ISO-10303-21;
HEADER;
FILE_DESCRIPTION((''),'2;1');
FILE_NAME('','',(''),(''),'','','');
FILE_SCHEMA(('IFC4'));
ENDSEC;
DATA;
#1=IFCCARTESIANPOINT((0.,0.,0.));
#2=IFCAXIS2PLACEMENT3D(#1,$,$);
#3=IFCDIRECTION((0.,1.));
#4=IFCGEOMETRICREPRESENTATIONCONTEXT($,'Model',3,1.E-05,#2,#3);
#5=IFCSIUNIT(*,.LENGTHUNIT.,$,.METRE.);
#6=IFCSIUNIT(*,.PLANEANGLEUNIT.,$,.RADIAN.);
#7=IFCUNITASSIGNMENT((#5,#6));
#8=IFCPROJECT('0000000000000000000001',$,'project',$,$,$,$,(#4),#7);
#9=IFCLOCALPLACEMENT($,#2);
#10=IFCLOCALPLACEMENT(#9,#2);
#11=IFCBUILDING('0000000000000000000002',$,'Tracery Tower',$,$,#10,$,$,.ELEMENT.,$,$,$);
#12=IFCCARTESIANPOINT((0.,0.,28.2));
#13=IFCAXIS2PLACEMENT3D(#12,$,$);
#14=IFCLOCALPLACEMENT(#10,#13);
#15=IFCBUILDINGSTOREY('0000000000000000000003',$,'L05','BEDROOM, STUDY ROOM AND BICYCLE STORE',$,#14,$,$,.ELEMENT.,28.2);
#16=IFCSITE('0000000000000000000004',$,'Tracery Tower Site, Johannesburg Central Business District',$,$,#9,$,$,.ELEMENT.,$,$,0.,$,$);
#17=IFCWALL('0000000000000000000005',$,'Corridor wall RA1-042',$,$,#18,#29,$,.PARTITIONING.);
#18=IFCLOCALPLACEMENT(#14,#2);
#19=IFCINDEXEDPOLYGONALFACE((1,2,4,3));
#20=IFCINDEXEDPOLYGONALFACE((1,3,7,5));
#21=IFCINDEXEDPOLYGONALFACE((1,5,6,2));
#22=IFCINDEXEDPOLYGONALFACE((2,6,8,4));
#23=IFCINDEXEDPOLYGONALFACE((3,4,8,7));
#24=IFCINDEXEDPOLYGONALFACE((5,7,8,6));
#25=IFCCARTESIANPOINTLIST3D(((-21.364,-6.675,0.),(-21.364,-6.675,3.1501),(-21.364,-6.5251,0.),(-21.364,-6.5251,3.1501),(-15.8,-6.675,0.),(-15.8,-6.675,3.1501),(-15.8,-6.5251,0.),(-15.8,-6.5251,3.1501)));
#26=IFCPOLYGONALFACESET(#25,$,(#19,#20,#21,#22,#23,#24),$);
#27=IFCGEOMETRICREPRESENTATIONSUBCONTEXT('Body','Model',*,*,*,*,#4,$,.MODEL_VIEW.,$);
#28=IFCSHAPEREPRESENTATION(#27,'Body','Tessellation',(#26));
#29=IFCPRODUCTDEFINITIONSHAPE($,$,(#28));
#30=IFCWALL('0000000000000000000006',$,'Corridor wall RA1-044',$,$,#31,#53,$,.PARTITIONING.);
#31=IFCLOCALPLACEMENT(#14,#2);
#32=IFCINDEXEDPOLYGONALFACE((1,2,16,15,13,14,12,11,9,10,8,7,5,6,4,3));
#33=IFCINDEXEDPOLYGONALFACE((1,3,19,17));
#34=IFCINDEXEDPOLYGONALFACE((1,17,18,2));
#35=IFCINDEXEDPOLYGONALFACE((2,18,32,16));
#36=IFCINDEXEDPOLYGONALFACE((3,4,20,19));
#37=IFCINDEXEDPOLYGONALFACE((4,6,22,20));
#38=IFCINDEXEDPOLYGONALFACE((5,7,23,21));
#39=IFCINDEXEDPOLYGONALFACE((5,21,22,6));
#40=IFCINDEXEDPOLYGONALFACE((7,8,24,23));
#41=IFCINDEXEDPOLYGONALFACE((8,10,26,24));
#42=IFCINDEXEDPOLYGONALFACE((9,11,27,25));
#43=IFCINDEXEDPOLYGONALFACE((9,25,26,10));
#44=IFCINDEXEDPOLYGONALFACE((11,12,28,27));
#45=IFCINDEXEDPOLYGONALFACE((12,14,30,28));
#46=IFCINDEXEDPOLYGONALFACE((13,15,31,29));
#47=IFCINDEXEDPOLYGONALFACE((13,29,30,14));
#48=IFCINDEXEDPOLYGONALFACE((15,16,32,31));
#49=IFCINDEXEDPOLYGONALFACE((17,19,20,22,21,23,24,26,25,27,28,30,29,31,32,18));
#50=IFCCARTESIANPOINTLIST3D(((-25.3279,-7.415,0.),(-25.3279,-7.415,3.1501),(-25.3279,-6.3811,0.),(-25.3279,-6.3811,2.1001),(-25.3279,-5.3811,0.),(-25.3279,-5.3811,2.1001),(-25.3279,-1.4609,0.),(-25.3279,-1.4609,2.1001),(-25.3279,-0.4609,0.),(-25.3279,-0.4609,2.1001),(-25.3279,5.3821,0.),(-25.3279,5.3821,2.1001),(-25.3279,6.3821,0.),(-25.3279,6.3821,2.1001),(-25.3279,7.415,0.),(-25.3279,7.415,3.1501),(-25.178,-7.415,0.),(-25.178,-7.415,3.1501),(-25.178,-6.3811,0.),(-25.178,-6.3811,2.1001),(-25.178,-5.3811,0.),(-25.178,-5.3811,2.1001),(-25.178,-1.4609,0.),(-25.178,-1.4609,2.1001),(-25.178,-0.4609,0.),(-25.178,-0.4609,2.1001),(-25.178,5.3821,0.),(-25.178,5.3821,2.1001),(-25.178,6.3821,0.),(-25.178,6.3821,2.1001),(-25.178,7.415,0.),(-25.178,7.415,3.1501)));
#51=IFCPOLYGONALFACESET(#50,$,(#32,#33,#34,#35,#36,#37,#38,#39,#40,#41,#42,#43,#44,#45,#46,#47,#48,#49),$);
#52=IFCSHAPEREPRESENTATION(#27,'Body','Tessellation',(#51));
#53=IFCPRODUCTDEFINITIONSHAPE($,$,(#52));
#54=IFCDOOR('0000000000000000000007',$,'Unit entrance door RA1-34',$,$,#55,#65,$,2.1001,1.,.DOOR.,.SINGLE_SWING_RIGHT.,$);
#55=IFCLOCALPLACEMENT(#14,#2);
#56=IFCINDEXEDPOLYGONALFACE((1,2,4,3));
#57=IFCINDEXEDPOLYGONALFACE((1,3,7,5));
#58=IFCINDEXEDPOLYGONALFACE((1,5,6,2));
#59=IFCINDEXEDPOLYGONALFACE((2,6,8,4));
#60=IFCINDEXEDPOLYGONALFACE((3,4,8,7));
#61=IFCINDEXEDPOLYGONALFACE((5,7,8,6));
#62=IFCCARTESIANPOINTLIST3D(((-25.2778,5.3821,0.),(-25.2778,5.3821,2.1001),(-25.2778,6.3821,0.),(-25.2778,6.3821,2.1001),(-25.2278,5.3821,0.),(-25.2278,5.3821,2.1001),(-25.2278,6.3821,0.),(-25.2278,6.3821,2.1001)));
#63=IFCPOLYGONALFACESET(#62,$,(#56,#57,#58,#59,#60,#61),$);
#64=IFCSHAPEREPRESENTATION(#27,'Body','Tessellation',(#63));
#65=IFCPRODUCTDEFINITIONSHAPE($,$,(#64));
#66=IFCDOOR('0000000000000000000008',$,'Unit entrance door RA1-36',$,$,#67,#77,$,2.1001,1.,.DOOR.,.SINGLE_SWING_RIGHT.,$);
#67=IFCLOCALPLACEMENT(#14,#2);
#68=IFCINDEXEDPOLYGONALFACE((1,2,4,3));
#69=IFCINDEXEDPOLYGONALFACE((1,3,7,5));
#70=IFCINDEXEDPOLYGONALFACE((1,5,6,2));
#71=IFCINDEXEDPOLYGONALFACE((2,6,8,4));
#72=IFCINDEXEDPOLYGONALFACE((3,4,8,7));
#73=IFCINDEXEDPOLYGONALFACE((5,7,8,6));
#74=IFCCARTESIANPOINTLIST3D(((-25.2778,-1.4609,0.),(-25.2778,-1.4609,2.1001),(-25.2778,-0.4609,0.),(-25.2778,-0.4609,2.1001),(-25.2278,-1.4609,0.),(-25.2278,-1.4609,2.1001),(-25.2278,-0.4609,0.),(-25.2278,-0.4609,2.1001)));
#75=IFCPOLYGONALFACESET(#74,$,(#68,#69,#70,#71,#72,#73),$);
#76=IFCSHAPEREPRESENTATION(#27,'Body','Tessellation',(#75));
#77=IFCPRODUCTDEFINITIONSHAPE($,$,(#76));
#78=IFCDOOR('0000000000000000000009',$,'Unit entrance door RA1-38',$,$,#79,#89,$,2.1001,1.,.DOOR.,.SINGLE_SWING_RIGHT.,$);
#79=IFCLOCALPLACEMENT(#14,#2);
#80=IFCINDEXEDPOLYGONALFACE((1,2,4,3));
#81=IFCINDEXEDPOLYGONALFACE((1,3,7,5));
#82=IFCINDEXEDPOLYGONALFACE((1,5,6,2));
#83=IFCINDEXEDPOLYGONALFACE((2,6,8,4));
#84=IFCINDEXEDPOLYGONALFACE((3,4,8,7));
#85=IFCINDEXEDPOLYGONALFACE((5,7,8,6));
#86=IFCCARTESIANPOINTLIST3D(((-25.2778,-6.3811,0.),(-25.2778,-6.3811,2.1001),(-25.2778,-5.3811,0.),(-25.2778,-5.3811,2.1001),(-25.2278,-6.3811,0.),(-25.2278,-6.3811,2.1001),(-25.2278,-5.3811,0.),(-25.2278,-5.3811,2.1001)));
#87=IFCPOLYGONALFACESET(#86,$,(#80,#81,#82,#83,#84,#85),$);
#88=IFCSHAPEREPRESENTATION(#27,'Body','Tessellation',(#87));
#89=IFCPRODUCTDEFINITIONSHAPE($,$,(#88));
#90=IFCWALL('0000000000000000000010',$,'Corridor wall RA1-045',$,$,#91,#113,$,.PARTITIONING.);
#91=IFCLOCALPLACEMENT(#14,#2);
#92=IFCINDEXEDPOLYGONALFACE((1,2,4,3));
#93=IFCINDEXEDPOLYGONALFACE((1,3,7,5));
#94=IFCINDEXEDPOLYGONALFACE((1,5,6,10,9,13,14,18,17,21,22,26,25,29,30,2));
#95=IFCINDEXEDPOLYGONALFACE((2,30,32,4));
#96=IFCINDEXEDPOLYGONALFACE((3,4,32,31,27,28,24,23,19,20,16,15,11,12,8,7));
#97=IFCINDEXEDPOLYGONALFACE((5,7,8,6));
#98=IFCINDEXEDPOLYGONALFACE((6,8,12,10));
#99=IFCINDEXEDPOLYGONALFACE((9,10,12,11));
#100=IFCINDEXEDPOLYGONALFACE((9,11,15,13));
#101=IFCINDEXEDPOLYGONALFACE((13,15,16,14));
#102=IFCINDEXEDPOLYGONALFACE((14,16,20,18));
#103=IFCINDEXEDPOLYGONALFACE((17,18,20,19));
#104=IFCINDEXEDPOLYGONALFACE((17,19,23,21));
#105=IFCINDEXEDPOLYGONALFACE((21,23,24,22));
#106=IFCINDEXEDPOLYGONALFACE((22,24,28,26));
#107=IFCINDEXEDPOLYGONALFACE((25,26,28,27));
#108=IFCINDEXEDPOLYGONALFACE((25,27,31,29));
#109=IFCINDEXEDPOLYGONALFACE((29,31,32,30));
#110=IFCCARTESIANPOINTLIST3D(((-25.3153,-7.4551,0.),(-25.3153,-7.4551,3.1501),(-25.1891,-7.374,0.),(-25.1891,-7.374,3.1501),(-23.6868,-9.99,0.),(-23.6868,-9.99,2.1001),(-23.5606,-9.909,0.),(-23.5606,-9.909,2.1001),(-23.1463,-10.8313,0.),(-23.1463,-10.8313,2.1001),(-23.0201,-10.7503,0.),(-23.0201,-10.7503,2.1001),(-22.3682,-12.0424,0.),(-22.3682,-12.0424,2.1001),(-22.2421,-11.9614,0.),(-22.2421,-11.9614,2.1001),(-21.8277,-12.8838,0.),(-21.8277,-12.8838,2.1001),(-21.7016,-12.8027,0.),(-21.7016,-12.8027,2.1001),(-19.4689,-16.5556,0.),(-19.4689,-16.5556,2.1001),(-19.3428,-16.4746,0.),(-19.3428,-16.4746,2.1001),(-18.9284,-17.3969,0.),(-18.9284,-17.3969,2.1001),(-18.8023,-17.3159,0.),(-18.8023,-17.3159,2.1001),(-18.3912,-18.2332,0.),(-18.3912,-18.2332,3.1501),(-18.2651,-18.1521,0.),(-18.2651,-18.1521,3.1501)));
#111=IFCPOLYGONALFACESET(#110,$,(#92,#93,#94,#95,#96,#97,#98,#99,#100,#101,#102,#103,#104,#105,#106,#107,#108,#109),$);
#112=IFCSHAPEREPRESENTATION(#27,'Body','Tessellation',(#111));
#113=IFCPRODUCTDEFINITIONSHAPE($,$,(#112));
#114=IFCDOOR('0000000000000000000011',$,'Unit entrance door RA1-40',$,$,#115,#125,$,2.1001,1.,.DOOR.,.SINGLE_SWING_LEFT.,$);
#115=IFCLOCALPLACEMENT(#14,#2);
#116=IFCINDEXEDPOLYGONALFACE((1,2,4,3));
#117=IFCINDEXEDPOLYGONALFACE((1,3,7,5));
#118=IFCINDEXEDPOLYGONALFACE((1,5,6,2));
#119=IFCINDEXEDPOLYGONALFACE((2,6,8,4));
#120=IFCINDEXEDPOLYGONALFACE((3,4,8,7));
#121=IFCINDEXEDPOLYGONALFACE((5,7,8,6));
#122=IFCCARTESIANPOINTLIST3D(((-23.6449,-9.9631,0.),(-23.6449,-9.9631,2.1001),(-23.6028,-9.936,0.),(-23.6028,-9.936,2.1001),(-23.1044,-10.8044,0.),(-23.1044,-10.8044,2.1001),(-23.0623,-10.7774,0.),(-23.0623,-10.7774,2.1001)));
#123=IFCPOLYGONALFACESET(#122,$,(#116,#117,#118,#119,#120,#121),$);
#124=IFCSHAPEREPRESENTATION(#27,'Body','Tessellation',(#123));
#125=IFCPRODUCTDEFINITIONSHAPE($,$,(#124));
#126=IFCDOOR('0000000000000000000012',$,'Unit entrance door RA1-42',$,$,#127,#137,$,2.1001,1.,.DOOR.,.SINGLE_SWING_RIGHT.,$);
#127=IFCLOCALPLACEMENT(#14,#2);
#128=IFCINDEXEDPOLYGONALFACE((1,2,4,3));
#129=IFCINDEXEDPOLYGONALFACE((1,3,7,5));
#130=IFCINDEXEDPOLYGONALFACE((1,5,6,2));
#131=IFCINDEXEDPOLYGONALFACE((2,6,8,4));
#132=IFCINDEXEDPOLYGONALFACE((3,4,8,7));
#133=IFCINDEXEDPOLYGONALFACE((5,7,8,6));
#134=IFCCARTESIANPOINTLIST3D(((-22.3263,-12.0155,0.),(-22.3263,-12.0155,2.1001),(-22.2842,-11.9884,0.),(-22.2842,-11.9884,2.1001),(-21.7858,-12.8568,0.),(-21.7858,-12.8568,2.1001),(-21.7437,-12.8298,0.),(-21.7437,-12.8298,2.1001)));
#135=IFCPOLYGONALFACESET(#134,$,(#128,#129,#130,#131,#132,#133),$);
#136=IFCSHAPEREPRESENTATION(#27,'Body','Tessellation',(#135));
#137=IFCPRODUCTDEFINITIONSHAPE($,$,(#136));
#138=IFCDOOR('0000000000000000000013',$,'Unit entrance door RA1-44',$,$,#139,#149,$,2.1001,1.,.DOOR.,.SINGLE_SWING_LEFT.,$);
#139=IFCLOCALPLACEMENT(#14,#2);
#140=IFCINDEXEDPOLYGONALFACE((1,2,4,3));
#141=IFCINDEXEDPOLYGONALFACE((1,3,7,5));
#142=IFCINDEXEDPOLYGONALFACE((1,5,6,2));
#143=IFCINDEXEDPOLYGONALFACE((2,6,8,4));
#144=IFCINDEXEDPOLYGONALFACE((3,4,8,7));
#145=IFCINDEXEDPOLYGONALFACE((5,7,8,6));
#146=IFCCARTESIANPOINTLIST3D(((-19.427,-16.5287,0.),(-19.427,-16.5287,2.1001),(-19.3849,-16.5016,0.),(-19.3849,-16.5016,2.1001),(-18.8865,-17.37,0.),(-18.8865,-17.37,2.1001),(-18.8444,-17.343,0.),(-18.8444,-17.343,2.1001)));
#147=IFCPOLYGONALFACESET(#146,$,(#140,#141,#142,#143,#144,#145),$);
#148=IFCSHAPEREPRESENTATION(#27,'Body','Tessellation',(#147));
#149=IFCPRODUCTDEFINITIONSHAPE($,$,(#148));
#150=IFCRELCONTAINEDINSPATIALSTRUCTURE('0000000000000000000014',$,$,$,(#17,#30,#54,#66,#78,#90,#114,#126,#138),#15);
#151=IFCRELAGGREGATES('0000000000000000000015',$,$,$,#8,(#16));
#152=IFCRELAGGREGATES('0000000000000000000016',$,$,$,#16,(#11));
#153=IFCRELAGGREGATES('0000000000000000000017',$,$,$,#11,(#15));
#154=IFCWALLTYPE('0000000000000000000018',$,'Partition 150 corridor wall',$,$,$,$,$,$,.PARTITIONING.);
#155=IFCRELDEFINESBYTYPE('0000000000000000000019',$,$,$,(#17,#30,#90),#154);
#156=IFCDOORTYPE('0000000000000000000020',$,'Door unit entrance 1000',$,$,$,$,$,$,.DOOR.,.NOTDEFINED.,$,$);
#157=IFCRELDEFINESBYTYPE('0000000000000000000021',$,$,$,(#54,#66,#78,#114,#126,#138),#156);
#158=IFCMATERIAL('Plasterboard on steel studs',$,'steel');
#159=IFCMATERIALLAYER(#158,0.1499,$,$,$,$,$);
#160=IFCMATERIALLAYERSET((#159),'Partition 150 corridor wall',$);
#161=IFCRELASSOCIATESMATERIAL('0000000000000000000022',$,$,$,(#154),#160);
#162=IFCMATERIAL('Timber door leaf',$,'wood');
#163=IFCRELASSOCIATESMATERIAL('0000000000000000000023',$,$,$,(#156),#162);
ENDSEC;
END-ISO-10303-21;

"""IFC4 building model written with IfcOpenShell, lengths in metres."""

from ifc_helpers import new_model, si_unit, direction, frame, frame_2d, origin, place, context, subcontext, project, spatial, rectangle, extrude, material, layer, layer_set, type_object, element, fill, save


model = new_model("IFC4")

# Units and contexts
model_context = context("Model", 3, precision=1e-05, world=origin(), true_north=direction((0.0, 1.0)))
body_context = subcontext(model_context, "Body", "Model", "MODEL_VIEW")
ifc_project = project(units=[si_unit("LENGTHUNIT", "METRE"), si_unit("PLANEANGLEUNIT", "RADIAN")], contexts=[model_context])

# Site, building, storey
site_placement = place(None, origin())
site = spatial("IfcSite", under=ifc_project, at=site_placement, Name="Tracery Tower Site, Johannesburg Central Business District", CompositionType="ELEMENT", RefElevation=0.0)
building_placement = place(site_placement, origin())
building = spatial("IfcBuilding", under=site, at=building_placement, Name="Tracery Tower", CompositionType="ELEMENT")
storey_placement = place(building_placement, frame((0.0, 0.0, 28.2)))
storey = spatial("IfcBuildingStorey", under=building, at=storey_placement, Name="L05", Description="BEDROOM, STUDY ROOM AND BICYCLE STORE", CompositionType="ELEMENT", Elevation=28.2)

# Wall
ifc_material_1 = material(Name="Plasterboard on steel studs", Category="steel")
ifc_layer_1 = layer(ifc_material_1, 0.1499)
ifc_layer_set_1 = layer_set([ifc_layer_1], Name="Partition 150 corridor wall")
wall_type_1 = type_object("IfcWallType", Name="Partition 150 corridor wall", PredefinedType="PARTITIONING", material=ifc_layer_set_1)
wall_1_placement = place(storey_placement, frame((-21.364, -6.6001, 0.0), z_axis=(0.0, 0.0, 1.0), x_axis=(1.0, 0.0, 0.0)))
element("IfcWall", 1, at=wall_1_placement, inside=storey, type_object=wall_type_1, Name="Corridor wall RA1-042", PredefinedType="PARTITIONING", context=body_context, shape_type="SweptSolid", body=[
    extrude(rectangle(XDim=5.564, YDim=0.1499, at=frame_2d((2.782, 0.0))), origin(), (0.0, 0.0, 1.0), 3.1501),
])

# Walls, openings, doors
wall_2_placement = place(storey_placement, frame((-25.2529, -7.415, 0.0), z_axis=(0.0, 0.0, 1.0), x_axis=(0.0, 1.0, 0.0)))
wall_2 = element("IfcWall", 2, at=wall_2_placement, inside=storey, type_object=wall_type_1, Name="Corridor wall RA1-044", PredefinedType="PARTITIONING", context=body_context, shape_type="SweptSolid", body=[
    extrude(rectangle(XDim=14.8301, YDim=0.1499, at=frame_2d((7.415, 0.0))), origin(), (0.0, 0.0, 1.0), 3.1501),
])
opening_1_placement = place(wall_2_placement, frame((12.7971, 0.0, 0.0)))
opening_1 = element("IfcOpeningElement", 3, at=opening_1_placement, cuts=wall_2, PredefinedType="OPENING", context=body_context, shape_type="SweptSolid", body=[
    extrude(rectangle(XDim=1.0, YDim=2.1001, at=frame_2d((0.5, 1.05))), frame((0.0, 0.075, 0.0), z_axis=(0.0, -1.0, 0.0), x_axis=(1.0, 0.0, 0.0)), (0.0, 0.0, 1.0), 0.1499),
])
opening_2_placement = place(wall_2_placement, frame((5.9541, 0.0, 0.0)))
opening_2 = element("IfcOpeningElement", 4, at=opening_2_placement, cuts=wall_2, PredefinedType="OPENING", context=body_context, shape_type="SweptSolid", body=[
    extrude(rectangle(XDim=1.0, YDim=2.1001, at=frame_2d((0.5, 1.05))), frame((0.0, 0.075, 0.0), z_axis=(0.0, -1.0, 0.0), x_axis=(1.0, 0.0, 0.0)), (0.0, 0.0, 1.0), 0.1499),
])
opening_3_placement = place(wall_2_placement, frame((1.0339, 0.0, 0.0)))
opening_3 = element("IfcOpeningElement", 5, at=opening_3_placement, cuts=wall_2, PredefinedType="OPENING", context=body_context, shape_type="SweptSolid", body=[
    extrude(rectangle(XDim=1.0, YDim=2.1001, at=frame_2d((0.5, 1.05))), frame((0.0, 0.075, 0.0), z_axis=(0.0, -1.0, 0.0), x_axis=(1.0, 0.0, 0.0)), (0.0, 0.0, 1.0), 0.1499),
])
ifc_material_2 = material(Name="Timber door leaf", Category="wood")
door_type_1 = type_object("IfcDoorType", Name="Door unit entrance 1000", OperationType="NOTDEFINED", PredefinedType="DOOR", material=ifc_material_2)
door_1_placement = place(opening_1_placement, origin())
door_1 = element("IfcDoor", 6, at=door_1_placement, inside=storey, type_object=door_type_1, Name="Unit entrance door RA1-34", OperationType="SINGLE_SWING_RIGHT", OverallHeight=2.1001, OverallWidth=1.0, PredefinedType="DOOR", context=body_context, shape_type="SweptSolid", body=[
    extrude(rectangle(XDim=1.0, YDim=2.1001, at=frame_2d((0.5, 1.05))), frame((0.0, 0.0249, 0.0), z_axis=(0.0, -1.0, 0.0), x_axis=(1.0, 0.0, 0.0)), (0.0, 0.0, 1.0), 0.05),
])
fill(opening_1, door_1)
door_2_placement = place(opening_2_placement, origin())
door_2 = element("IfcDoor", 7, at=door_2_placement, inside=storey, type_object=door_type_1, Name="Unit entrance door RA1-36", OperationType="SINGLE_SWING_RIGHT", OverallHeight=2.1001, OverallWidth=1.0, PredefinedType="DOOR", context=body_context, shape_type="SweptSolid", body=[
    extrude(rectangle(XDim=1.0, YDim=2.1001, at=frame_2d((0.5, 1.05))), frame((0.0, 0.0249, 0.0), z_axis=(0.0, -1.0, 0.0), x_axis=(1.0, 0.0, 0.0)), (0.0, 0.0, 1.0), 0.05),
])
fill(opening_2, door_2)
door_3_placement = place(opening_3_placement, origin())
door_3 = element("IfcDoor", 8, at=door_3_placement, inside=storey, type_object=door_type_1, Name="Unit entrance door RA1-38", OperationType="SINGLE_SWING_RIGHT", OverallHeight=2.1001, OverallWidth=1.0, PredefinedType="DOOR", context=body_context, shape_type="SweptSolid", body=[
    extrude(rectangle(XDim=1.0, YDim=2.1001, at=frame_2d((0.5, 1.05))), frame((0.0, 0.0249, 0.0), z_axis=(0.0, -1.0, 0.0), x_axis=(1.0, 0.0, 0.0)), (0.0, 0.0, 1.0), 0.05),
])
fill(opening_3, door_3)
wall_3_placement = place(storey_placement, frame((-25.2522, -7.4146, 0.0), z_axis=(0.0, 0.0, 1.0), x_axis=(0.540498, -0.841345, 0.0)))
wall_3 = element("IfcWall", 9, at=wall_3_placement, inside=storey, type_object=wall_type_1, Name="Corridor wall RA1-045", PredefinedType="PARTITIONING", context=body_context, shape_type="SweptSolid", body=[
    extrude(rectangle(XDim=12.8105, YDim=0.1499, at=frame_2d((6.4053, 0.0))), origin(), (0.0, 0.0, 1.0), 3.1501),
])
opening_4_placement = place(wall_3_placement, frame((3.0129, 0.0, 0.0)))
opening_4 = element("IfcOpeningElement", 10, at=opening_4_placement, cuts=wall_3, PredefinedType="OPENING", context=body_context, shape_type="SweptSolid", body=[
    extrude(rectangle(XDim=1.0, YDim=2.1001, at=frame_2d((0.5, 1.05))), frame((0.0, 0.075, 0.0), z_axis=(0.0, -1.0, 0.0), x_axis=(1.0, 0.0, 0.0)), (0.0, 0.0, 1.0), 0.1499),
])
opening_5_placement = place(wall_3_placement, frame((5.4524, 0.0, 0.0)))
opening_5 = element("IfcOpeningElement", 11, at=opening_5_placement, cuts=wall_3, PredefinedType="OPENING", context=body_context, shape_type="SweptSolid", body=[
    extrude(rectangle(XDim=1.0, YDim=2.1001, at=frame_2d((0.5, 1.05))), frame((0.0, 0.075, 0.0), z_axis=(0.0, -1.0, 0.0), x_axis=(1.0, 0.0, 0.0)), (0.0, 0.0, 1.0), 0.1499),
])
opening_6_placement = place(wall_3_placement, frame((10.8167, 0.0, 0.0)))
opening_6 = element("IfcOpeningElement", 12, at=opening_6_placement, cuts=wall_3, PredefinedType="OPENING", context=body_context, shape_type="SweptSolid", body=[
    extrude(rectangle(XDim=1.0, YDim=2.1001, at=frame_2d((0.5, 1.05))), frame((0.0, 0.075, 0.0), z_axis=(0.0, -1.0, 0.0), x_axis=(1.0, 0.0, 0.0)), (0.0, 0.0, 1.0), 0.1499),
])
door_4_placement = place(opening_4_placement, origin())
door_4 = element("IfcDoor", 13, at=door_4_placement, inside=storey, type_object=door_type_1, Name="Unit entrance door RA1-40", OperationType="SINGLE_SWING_LEFT", OverallHeight=2.1001, OverallWidth=1.0, PredefinedType="DOOR", context=body_context, shape_type="SweptSolid", body=[
    extrude(rectangle(XDim=1.0, YDim=2.1001, at=frame_2d((0.5, 1.05))), frame((0.0, 0.0249, 0.0), z_axis=(0.0, -1.0, 0.0), x_axis=(1.0, 0.0, 0.0)), (0.0, 0.0, 1.0), 0.05),
])
fill(opening_4, door_4)
door_5_placement = place(opening_5_placement, origin())
door_5 = element("IfcDoor", 14, at=door_5_placement, inside=storey, type_object=door_type_1, Name="Unit entrance door RA1-42", OperationType="SINGLE_SWING_RIGHT", OverallHeight=2.1001, OverallWidth=1.0, PredefinedType="DOOR", context=body_context, shape_type="SweptSolid", body=[
    extrude(rectangle(XDim=1.0, YDim=2.1001, at=frame_2d((0.5, 1.05))), frame((0.0, 0.0249, 0.0), z_axis=(0.0, -1.0, 0.0), x_axis=(1.0, 0.0, 0.0)), (0.0, 0.0, 1.0), 0.05),
])
fill(opening_5, door_5)
door_6_placement = place(opening_6_placement, origin())
door_6 = element("IfcDoor", 15, at=door_6_placement, inside=storey, type_object=door_type_1, Name="Unit entrance door RA1-44", OperationType="SINGLE_SWING_LEFT", OverallHeight=2.1001, OverallWidth=1.0, PredefinedType="DOOR", context=body_context, shape_type="SweptSolid", body=[
    extrude(rectangle(XDim=1.0, YDim=2.1001, at=frame_2d((0.5, 1.05))), frame((0.0, 0.0249, 0.0), z_axis=(0.0, -1.0, 0.0), x_axis=(1.0, 0.0, 0.0)), (0.0, 0.0, 1.0), 0.05),
])
fill(opening_6, door_6)

save(model, "model.ifc")
